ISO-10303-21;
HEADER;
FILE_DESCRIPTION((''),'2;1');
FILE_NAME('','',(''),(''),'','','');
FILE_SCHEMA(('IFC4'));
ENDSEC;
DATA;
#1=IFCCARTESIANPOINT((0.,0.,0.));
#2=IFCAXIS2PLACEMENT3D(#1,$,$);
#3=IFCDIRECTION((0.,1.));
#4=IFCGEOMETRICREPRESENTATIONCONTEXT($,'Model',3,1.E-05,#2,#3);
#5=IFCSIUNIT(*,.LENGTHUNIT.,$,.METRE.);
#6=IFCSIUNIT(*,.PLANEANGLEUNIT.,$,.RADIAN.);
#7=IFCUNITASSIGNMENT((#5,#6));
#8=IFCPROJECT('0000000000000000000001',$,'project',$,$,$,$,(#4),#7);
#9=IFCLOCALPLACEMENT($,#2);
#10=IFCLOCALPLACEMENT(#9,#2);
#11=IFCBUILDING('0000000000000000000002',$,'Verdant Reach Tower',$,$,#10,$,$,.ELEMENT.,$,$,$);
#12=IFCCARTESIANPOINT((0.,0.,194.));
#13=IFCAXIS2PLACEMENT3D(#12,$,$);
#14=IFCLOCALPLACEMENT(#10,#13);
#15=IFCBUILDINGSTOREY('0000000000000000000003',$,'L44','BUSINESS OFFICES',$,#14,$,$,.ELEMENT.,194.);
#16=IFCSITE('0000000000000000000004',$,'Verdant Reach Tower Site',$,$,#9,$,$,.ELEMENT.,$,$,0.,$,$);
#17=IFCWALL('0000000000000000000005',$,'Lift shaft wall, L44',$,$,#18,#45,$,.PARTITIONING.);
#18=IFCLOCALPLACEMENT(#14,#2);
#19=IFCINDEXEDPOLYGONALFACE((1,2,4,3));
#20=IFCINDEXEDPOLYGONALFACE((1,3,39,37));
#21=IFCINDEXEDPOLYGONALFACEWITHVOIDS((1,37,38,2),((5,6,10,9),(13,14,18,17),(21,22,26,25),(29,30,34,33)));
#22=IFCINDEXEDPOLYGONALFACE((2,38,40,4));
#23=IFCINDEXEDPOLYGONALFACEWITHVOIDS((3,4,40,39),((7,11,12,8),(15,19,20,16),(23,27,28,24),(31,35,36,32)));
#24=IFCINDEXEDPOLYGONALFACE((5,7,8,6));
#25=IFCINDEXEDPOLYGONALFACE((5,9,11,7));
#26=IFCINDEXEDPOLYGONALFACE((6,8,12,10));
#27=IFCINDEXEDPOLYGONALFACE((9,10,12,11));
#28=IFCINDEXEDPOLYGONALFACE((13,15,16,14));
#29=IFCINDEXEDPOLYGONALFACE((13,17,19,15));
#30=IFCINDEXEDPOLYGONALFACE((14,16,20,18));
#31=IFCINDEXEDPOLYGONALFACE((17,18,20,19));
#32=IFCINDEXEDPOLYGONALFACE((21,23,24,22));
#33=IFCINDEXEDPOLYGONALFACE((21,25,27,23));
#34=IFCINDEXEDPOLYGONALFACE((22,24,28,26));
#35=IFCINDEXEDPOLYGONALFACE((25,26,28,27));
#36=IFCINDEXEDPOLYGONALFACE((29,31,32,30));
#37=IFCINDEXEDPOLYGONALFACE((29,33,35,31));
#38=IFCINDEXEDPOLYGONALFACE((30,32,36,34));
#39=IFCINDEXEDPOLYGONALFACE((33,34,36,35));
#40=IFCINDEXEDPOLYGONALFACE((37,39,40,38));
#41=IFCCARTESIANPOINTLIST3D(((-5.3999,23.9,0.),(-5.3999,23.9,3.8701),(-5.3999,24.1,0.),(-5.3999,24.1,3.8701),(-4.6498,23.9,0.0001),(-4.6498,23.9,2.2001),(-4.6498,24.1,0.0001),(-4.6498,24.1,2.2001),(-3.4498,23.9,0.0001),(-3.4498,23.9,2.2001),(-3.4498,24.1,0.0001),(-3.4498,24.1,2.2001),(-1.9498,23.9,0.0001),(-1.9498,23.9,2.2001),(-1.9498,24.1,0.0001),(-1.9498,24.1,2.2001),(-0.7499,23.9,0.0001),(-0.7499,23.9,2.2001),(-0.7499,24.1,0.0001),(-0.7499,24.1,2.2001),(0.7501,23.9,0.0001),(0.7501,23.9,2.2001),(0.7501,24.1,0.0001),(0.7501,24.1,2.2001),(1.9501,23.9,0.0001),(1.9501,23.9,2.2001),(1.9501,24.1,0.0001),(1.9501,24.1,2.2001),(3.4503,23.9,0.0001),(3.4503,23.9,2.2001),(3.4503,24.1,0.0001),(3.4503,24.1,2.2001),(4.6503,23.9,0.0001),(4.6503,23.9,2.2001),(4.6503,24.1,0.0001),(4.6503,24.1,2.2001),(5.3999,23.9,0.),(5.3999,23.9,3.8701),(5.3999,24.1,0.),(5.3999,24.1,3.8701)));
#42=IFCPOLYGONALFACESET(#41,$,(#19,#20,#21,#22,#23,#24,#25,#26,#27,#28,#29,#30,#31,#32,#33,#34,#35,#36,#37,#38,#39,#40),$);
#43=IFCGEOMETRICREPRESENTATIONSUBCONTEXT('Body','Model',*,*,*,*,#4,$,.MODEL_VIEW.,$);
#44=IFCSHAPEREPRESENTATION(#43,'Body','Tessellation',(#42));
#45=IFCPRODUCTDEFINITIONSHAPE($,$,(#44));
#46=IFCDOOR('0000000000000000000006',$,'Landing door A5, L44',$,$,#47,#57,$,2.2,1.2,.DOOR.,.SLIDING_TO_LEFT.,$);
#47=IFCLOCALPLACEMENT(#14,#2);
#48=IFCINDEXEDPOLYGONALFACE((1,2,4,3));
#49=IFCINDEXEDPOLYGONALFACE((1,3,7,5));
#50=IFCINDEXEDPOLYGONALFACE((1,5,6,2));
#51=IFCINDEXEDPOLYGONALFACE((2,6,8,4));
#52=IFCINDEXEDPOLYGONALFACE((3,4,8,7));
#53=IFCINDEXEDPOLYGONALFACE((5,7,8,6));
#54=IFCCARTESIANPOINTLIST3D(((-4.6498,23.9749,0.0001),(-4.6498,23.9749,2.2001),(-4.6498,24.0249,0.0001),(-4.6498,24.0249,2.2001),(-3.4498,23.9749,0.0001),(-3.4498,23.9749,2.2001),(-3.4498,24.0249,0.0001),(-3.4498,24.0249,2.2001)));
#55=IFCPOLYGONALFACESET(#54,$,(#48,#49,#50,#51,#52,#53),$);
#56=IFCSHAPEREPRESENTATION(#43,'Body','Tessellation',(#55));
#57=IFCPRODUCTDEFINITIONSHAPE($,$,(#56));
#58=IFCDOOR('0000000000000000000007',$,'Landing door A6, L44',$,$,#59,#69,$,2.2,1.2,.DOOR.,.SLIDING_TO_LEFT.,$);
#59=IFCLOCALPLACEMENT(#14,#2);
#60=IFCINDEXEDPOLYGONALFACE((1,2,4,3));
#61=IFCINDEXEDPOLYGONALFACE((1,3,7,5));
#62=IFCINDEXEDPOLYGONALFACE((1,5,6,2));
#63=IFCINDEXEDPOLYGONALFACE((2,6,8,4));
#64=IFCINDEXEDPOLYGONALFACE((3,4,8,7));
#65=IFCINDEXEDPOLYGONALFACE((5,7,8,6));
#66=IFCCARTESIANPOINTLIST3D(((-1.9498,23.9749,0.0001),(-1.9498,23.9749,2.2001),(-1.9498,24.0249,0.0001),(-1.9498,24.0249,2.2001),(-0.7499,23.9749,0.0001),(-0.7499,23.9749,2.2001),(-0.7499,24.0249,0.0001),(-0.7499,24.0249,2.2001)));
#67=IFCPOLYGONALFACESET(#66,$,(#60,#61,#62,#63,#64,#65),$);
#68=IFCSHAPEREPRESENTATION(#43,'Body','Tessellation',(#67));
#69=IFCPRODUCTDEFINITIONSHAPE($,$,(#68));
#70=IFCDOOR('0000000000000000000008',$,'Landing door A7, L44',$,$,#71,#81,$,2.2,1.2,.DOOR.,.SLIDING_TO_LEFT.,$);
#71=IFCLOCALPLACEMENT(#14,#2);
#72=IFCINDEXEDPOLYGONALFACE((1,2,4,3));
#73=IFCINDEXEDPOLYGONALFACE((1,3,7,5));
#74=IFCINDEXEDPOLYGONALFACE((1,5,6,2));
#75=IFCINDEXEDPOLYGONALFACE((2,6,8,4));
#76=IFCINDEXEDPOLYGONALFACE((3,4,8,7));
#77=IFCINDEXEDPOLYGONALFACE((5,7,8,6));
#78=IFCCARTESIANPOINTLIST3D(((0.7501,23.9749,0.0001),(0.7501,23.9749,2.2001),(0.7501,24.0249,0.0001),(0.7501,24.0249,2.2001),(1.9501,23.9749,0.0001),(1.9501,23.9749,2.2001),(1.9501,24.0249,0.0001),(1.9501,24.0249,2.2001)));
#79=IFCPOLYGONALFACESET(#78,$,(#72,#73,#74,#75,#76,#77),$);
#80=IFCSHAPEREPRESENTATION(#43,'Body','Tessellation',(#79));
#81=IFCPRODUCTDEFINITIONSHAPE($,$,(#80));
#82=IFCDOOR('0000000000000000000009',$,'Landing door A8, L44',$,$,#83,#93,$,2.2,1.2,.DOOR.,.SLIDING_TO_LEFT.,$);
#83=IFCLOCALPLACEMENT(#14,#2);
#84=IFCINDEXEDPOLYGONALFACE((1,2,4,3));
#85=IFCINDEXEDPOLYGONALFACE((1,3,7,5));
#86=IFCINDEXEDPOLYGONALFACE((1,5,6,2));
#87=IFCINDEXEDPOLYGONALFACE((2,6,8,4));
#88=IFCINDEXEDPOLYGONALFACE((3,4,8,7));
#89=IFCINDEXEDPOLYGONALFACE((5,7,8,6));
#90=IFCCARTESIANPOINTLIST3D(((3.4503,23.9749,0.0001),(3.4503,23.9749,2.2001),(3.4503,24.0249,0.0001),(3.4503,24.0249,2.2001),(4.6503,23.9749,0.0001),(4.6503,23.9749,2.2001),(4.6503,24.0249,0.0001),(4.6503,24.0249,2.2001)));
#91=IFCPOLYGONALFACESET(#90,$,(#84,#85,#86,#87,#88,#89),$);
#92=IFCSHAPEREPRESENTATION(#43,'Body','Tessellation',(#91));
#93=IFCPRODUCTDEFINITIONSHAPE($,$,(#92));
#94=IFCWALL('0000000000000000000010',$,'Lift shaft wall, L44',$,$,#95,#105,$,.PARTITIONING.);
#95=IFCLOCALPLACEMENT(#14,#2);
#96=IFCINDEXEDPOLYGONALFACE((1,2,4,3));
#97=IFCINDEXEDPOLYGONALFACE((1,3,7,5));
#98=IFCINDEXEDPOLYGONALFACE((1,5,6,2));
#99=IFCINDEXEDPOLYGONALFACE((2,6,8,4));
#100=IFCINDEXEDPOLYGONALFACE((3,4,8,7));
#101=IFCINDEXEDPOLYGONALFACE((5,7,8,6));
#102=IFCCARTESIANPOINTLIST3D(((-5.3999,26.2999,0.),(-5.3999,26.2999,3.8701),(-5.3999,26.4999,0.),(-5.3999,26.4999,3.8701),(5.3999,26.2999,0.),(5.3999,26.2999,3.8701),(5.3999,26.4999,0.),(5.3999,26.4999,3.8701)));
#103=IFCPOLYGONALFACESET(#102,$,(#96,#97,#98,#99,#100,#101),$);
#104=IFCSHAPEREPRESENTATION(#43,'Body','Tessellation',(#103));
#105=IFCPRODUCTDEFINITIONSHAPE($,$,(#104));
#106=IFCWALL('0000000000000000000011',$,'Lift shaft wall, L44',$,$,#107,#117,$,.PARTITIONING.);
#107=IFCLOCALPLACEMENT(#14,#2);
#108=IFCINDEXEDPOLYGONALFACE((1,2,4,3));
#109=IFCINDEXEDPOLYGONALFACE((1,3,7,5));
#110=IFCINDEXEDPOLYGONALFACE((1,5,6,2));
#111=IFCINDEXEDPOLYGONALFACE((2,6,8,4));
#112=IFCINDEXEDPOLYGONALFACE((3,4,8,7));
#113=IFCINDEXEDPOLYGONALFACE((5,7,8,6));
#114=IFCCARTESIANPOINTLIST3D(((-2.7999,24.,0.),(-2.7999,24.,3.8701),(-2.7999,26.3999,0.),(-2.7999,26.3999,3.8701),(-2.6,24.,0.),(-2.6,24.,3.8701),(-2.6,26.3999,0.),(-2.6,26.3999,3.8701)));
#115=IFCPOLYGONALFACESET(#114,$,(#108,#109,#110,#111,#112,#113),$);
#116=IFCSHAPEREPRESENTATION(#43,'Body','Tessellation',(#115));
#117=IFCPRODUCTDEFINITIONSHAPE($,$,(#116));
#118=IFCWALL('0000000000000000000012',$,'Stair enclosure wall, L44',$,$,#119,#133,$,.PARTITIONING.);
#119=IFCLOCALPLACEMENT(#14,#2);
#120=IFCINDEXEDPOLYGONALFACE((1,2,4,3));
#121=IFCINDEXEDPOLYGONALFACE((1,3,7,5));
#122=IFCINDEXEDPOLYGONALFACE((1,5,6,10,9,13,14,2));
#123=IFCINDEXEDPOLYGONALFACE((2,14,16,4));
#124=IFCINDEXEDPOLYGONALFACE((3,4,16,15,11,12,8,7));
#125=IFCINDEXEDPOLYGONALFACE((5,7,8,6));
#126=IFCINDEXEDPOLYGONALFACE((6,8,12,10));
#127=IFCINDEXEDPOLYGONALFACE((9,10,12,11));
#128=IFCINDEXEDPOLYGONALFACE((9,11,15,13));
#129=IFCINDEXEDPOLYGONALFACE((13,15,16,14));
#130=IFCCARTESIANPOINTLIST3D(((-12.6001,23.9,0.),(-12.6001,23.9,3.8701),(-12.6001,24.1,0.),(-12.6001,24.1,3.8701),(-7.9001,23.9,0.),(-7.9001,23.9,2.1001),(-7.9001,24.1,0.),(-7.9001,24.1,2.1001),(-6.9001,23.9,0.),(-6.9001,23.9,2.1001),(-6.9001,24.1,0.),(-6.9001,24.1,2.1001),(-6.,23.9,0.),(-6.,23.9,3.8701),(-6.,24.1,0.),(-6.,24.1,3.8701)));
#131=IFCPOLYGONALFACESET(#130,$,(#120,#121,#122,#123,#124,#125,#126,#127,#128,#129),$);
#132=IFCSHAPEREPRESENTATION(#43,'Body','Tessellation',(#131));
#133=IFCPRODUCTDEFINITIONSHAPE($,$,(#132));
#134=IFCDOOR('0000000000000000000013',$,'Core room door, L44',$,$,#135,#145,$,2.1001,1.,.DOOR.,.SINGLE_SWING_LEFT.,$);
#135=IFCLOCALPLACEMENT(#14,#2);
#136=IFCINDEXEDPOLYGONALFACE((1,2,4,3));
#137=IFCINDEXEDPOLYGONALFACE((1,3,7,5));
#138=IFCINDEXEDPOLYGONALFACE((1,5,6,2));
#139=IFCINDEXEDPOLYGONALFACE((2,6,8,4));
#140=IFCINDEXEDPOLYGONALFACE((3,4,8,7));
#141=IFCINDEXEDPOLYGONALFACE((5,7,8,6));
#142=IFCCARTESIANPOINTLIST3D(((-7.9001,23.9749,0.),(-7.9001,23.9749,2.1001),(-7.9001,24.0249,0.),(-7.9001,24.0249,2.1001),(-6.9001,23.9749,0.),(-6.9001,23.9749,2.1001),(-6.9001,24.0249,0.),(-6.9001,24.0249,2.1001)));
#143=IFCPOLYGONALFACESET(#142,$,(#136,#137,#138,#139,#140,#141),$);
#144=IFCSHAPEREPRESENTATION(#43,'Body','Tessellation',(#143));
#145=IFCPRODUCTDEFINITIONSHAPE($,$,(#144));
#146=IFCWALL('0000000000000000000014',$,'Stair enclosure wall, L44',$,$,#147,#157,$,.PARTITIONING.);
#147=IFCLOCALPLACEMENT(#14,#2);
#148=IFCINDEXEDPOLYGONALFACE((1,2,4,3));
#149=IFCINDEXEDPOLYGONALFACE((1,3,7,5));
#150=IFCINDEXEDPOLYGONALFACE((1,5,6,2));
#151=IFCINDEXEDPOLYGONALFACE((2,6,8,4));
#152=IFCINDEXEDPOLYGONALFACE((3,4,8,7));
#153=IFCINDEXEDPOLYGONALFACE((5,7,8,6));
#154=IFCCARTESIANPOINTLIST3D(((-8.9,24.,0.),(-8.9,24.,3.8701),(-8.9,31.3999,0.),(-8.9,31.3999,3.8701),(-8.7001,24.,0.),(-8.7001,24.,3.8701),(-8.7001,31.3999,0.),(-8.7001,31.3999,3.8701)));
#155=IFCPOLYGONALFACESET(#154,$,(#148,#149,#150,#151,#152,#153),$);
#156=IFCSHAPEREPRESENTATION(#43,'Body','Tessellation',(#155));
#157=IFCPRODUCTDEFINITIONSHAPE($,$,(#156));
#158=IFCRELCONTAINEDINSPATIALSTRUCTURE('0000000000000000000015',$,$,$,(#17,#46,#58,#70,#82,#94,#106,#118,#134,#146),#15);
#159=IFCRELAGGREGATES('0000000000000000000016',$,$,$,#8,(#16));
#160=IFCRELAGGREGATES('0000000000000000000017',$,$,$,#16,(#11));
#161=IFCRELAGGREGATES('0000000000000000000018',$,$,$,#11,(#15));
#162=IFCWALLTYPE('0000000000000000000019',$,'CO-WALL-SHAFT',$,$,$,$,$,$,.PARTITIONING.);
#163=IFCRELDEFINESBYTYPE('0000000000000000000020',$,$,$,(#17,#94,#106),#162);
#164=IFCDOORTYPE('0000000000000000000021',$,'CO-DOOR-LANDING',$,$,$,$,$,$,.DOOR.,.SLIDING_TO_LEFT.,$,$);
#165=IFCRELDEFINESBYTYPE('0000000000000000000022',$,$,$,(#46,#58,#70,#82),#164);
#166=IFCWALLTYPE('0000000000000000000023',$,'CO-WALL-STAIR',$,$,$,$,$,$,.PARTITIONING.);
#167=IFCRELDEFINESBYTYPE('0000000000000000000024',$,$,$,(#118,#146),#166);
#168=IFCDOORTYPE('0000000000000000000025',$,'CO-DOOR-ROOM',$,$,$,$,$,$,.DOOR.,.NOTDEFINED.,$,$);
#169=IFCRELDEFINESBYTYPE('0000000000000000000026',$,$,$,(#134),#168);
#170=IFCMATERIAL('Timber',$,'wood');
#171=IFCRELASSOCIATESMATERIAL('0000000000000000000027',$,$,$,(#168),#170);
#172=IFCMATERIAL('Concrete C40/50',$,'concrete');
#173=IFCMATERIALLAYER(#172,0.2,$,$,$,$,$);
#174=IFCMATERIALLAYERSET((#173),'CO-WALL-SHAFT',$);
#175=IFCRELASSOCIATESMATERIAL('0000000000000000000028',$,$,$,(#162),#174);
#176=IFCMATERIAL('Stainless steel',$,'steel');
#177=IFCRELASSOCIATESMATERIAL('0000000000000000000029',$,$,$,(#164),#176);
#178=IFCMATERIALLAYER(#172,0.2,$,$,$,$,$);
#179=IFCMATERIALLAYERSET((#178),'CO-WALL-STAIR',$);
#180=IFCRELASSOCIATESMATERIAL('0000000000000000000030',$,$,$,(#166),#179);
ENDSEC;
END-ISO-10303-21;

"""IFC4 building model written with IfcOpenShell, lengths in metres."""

from ifc_helpers import new_model, si_unit, direction, frame, frame_2d, origin, place, context, subcontext, project, spatial, rectangle, extrude, material, layer, layer_set, type_object, element, fill, save


model = new_model("IFC4")

# Units and contexts
model_context = context("Model", 3, precision=1e-05, world=origin(), true_north=direction((0.0, 1.0)))
body_context = subcontext(model_context, "Body", "Model", "MODEL_VIEW")
ifc_project = project(units=[si_unit("LENGTHUNIT", "METRE"), si_unit("PLANEANGLEUNIT", "RADIAN")], contexts=[model_context])

# Site, building, storey
site_placement = place(None, origin())
site = spatial("IfcSite", under=ifc_project, at=site_placement, Name="Verdant Reach Tower Site", CompositionType="ELEMENT", RefElevation=0.0)
building_placement = place(site_placement, origin())
building = spatial("IfcBuilding", under=site, at=building_placement, Name="Verdant Reach Tower", CompositionType="ELEMENT")
storey_placement = place(building_placement, frame((0.0, 0.0, 194.0)))
storey = spatial("IfcBuildingStorey", under=building, at=storey_placement, Name="L44", Description="BUSINESS OFFICES", CompositionType="ELEMENT", Elevation=194.0)

# Shared definitions
ifc_material_1 = material(Name="Timber", Category="wood")
door_type_1 = type_object("IfcDoorType", Name="CO-DOOR-ROOM", OperationType="NOTDEFINED", PredefinedType="DOOR", material=ifc_material_1)

# Wall, openings, doors
ifc_material_2 = material(Name="Concrete C40/50", Category="concrete")
ifc_layer_1 = layer(ifc_material_2, 0.2)
ifc_layer_set_1 = layer_set([ifc_layer_1], Name="CO-WALL-SHAFT")
wall_type_1 = type_object("IfcWallType", Name="CO-WALL-SHAFT", PredefinedType="PARTITIONING", material=ifc_layer_set_1)
ifc_material_3 = material(Name="Stainless steel", Category="steel")
door_type_2 = type_object("IfcDoorType", Name="CO-DOOR-LANDING", OperationType="SLIDING_TO_LEFT", PredefinedType="DOOR", material=ifc_material_3)
wall_1_placement = place(storey_placement, frame((-5.3999, 24.0, 0.0), z_axis=(0.0, 0.0, 1.0), x_axis=(1.0, 0.0, 0.0)))
wall_1 = element("IfcWall", 1, at=wall_1_placement, inside=storey, type_object=wall_type_1, Name="Lift shaft wall, L44", PredefinedType="PARTITIONING", context=body_context, shape_type="SweptSolid", body=[
    extrude(rectangle(XDim=10.7998, YDim=0.2, at=frame_2d((5.3999, 0.0))), origin(), (0.0, 0.0, 1.0), 3.8701),
])
opening_1_placement = place(wall_1_placement, frame((0.75, 0.0, 0.0)))
opening_1 = element("IfcOpeningElement", 2, at=opening_1_placement, cuts=wall_1, PredefinedType="OPENING", context=body_context, shape_type="SweptSolid", body=[
    extrude(rectangle(XDim=1.2, YDim=2.2, at=frame_2d((0.6001, 1.1001))), frame((0.0, 0.1099, 0.0), z_axis=(0.0, -1.0, 0.0), x_axis=(1.0, 0.0, 0.0)), (0.0, 0.0, 1.0), 0.22),
])
opening_2_placement = place(wall_1_placement, frame((3.45, 0.0, 0.0)))
opening_2 = element("IfcOpeningElement", 3, at=opening_2_placement, cuts=wall_1, PredefinedType="OPENING", context=body_context, shape_type="SweptSolid", body=[
    extrude(rectangle(XDim=1.2, YDim=2.2, at=frame_2d((0.6001, 1.1001))), frame((0.0, 0.1099, 0.0), z_axis=(0.0, -1.0, 0.0), x_axis=(1.0, 0.0, 0.0)), (0.0, 0.0, 1.0), 0.22),
])
opening_3_placement = place(wall_1_placement, frame((6.1499, 0.0, 0.0)))
opening_3 = element("IfcOpeningElement", 4, at=opening_3_placement, cuts=wall_1, PredefinedType="OPENING", context=body_context, shape_type="SweptSolid", body=[
    extrude(rectangle(XDim=1.2, YDim=2.2, at=frame_2d((0.6001, 1.1001))), frame((0.0, 0.1099, 0.0), z_axis=(0.0, -1.0, 0.0), x_axis=(1.0, 0.0, 0.0)), (0.0, 0.0, 1.0), 0.22),
])
opening_4_placement = place(wall_1_placement, frame((8.8501, 0.0, 0.0)))
opening_4 = element("IfcOpeningElement", 5, at=opening_4_placement, cuts=wall_1, PredefinedType="OPENING", context=body_context, shape_type="SweptSolid", body=[
    extrude(rectangle(XDim=1.2, YDim=2.2, at=frame_2d((0.6001, 1.1001))), frame((0.0, 0.1099, 0.0), z_axis=(0.0, -1.0, 0.0), x_axis=(1.0, 0.0, 0.0)), (0.0, 0.0, 1.0), 0.22),
])
door_1_placement = place(opening_1_placement, origin())
door_1 = element("IfcDoor", 6, at=door_1_placement, inside=storey, type_object=door_type_2, Name="Landing door A5, L44", OperationType="SLIDING_TO_LEFT", OverallHeight=2.2, OverallWidth=1.2, PredefinedType="DOOR", context=body_context, shape_type="SweptSolid", body=[
    extrude(rectangle(XDim=1.2, YDim=2.2, at=frame_2d((0.6001, 1.1001))), frame((0.0, 0.0249, 0.0), z_axis=(0.0, -1.0, 0.0), x_axis=(1.0, 0.0, 0.0)), (0.0, 0.0, 1.0), 0.05),
])
fill(opening_1, door_1)
door_2_placement = place(opening_2_placement, origin())
door_2 = element("IfcDoor", 7, at=door_2_placement, inside=storey, type_object=door_type_2, Name="Landing door A6, L44", OperationType="SLIDING_TO_LEFT", OverallHeight=2.2, OverallWidth=1.2, PredefinedType="DOOR", context=body_context, shape_type="SweptSolid", body=[
    extrude(rectangle(XDim=1.2, YDim=2.2, at=frame_2d((0.6001, 1.1001))), frame((0.0, 0.0249, 0.0), z_axis=(0.0, -1.0, 0.0), x_axis=(1.0, 0.0, 0.0)), (0.0, 0.0, 1.0), 0.05),
])
fill(opening_2, door_2)
door_3_placement = place(opening_3_placement, origin())
door_3 = element("IfcDoor", 8, at=door_3_placement, inside=storey, type_object=door_type_2, Name="Landing door A7, L44", OperationType="SLIDING_TO_LEFT", OverallHeight=2.2, OverallWidth=1.2, PredefinedType="DOOR", context=body_context, shape_type="SweptSolid", body=[
    extrude(rectangle(XDim=1.2, YDim=2.2, at=frame_2d((0.6001, 1.1001))), frame((0.0, 0.0249, 0.0), z_axis=(0.0, -1.0, 0.0), x_axis=(1.0, 0.0, 0.0)), (0.0, 0.0, 1.0), 0.05),
])
fill(opening_3, door_3)
door_4_placement = place(opening_4_placement, origin())
door_4 = element("IfcDoor", 9, at=door_4_placement, inside=storey, type_object=door_type_2, Name="Landing door A8, L44", OperationType="SLIDING_TO_LEFT", OverallHeight=2.2, OverallWidth=1.2, PredefinedType="DOOR", context=body_context, shape_type="SweptSolid", body=[
    extrude(rectangle(XDim=1.2, YDim=2.2, at=frame_2d((0.6001, 1.1001))), frame((0.0, 0.0249, 0.0), z_axis=(0.0, -1.0, 0.0), x_axis=(1.0, 0.0, 0.0)), (0.0, 0.0, 1.0), 0.05),
])
fill(opening_4, door_4)

# Walls
wall_2_placement = place(storey_placement, frame((-5.3999, 26.3999, 0.0), z_axis=(0.0, 0.0, 1.0), x_axis=(1.0, 0.0, 0.0)))
element("IfcWall", 10, at=wall_2_placement, inside=storey, type_object=wall_type_1, Name="Lift shaft wall, L44", PredefinedType="PARTITIONING", context=body_context, shape_type="SweptSolid", body=[
    extrude(rectangle(XDim=10.7998, YDim=0.2, at=frame_2d((5.3999, 0.0))), origin(), (0.0, 0.0, 1.0), 3.8701),
])
wall_3_placement = place(storey_placement, frame((-2.7, 24.0, 0.0), z_axis=(0.0, 0.0, 1.0), x_axis=(0.0, 1.0, 0.0)))
element("IfcWall", 11, at=wall_3_placement, inside=storey, type_object=wall_type_1, Name="Lift shaft wall, L44", PredefinedType="PARTITIONING", context=body_context, shape_type="SweptSolid", body=[
    extrude(rectangle(XDim=2.3999, YDim=0.2, at=frame_2d((1.2, 0.0))), origin(), (0.0, 0.0, 1.0), 3.8701),
])

# Wall, opening, door
ifc_layer_2 = layer(ifc_material_2, 0.2)
ifc_layer_set_2 = layer_set([ifc_layer_2], Name="CO-WALL-STAIR")
wall_type_2 = type_object("IfcWallType", Name="CO-WALL-STAIR", PredefinedType="PARTITIONING", material=ifc_layer_set_2)
wall_4_placement = place(storey_placement, frame((-12.6001, 24.0, 0.0), z_axis=(0.0, 0.0, 1.0), x_axis=(1.0, 0.0, 0.0)))
wall_4 = element("IfcWall", 12, at=wall_4_placement, inside=storey, type_object=wall_type_2, Name="Stair enclosure wall, L44", PredefinedType="PARTITIONING", context=body_context, shape_type="SweptSolid", body=[
    extrude(rectangle(XDim=6.6001, YDim=0.2, at=frame_2d((3.3, 0.0))), origin(), (0.0, 0.0, 1.0), 3.8701),
])
opening_5_placement = place(wall_4_placement, frame((4.7, 0.0, 0.0)))
opening_5 = element("IfcOpeningElement", 13, at=opening_5_placement, cuts=wall_4, PredefinedType="OPENING", context=body_context, shape_type="SweptSolid", body=[
    extrude(rectangle(XDim=1.0, YDim=2.1001, at=frame_2d((0.5, 1.05))), frame((0.0, 0.1099, 0.0), z_axis=(0.0, -1.0, 0.0), x_axis=(1.0, 0.0, 0.0)), (0.0, 0.0, 1.0), 0.22),
])
door_5_placement = place(opening_5_placement, origin())
door_5 = element("IfcDoor", 14, at=door_5_placement, inside=storey, type_object=door_type_1, Name="Core room door, L44", OperationType="SINGLE_SWING_LEFT", OverallHeight=2.1001, OverallWidth=1.0, PredefinedType="DOOR", context=body_context, shape_type="SweptSolid", body=[
    extrude(rectangle(XDim=1.0, YDim=2.1001, at=frame_2d((0.5, 1.05))), frame((0.0, 0.0249, 0.0), z_axis=(0.0, -1.0, 0.0), x_axis=(1.0, 0.0, 0.0)), (0.0, 0.0, 1.0), 0.05),
])
fill(opening_5, door_5)

# Wall
wall_5_placement = place(storey_placement, frame((-8.8, 24.0, 0.0), z_axis=(0.0, 0.0, 1.0), x_axis=(0.0, 1.0, 0.0)))
element("IfcWall", 15, at=wall_5_placement, inside=storey, type_object=wall_type_2, Name="Stair enclosure wall, L44", PredefinedType="PARTITIONING", context=body_context, shape_type="SweptSolid", body=[
    extrude(rectangle(XDim=7.3999, YDim=0.2, at=frame_2d((3.7, 0.0))), origin(), (0.0, 0.0, 1.0), 3.8701),
])

save(model, "model.ifc")
